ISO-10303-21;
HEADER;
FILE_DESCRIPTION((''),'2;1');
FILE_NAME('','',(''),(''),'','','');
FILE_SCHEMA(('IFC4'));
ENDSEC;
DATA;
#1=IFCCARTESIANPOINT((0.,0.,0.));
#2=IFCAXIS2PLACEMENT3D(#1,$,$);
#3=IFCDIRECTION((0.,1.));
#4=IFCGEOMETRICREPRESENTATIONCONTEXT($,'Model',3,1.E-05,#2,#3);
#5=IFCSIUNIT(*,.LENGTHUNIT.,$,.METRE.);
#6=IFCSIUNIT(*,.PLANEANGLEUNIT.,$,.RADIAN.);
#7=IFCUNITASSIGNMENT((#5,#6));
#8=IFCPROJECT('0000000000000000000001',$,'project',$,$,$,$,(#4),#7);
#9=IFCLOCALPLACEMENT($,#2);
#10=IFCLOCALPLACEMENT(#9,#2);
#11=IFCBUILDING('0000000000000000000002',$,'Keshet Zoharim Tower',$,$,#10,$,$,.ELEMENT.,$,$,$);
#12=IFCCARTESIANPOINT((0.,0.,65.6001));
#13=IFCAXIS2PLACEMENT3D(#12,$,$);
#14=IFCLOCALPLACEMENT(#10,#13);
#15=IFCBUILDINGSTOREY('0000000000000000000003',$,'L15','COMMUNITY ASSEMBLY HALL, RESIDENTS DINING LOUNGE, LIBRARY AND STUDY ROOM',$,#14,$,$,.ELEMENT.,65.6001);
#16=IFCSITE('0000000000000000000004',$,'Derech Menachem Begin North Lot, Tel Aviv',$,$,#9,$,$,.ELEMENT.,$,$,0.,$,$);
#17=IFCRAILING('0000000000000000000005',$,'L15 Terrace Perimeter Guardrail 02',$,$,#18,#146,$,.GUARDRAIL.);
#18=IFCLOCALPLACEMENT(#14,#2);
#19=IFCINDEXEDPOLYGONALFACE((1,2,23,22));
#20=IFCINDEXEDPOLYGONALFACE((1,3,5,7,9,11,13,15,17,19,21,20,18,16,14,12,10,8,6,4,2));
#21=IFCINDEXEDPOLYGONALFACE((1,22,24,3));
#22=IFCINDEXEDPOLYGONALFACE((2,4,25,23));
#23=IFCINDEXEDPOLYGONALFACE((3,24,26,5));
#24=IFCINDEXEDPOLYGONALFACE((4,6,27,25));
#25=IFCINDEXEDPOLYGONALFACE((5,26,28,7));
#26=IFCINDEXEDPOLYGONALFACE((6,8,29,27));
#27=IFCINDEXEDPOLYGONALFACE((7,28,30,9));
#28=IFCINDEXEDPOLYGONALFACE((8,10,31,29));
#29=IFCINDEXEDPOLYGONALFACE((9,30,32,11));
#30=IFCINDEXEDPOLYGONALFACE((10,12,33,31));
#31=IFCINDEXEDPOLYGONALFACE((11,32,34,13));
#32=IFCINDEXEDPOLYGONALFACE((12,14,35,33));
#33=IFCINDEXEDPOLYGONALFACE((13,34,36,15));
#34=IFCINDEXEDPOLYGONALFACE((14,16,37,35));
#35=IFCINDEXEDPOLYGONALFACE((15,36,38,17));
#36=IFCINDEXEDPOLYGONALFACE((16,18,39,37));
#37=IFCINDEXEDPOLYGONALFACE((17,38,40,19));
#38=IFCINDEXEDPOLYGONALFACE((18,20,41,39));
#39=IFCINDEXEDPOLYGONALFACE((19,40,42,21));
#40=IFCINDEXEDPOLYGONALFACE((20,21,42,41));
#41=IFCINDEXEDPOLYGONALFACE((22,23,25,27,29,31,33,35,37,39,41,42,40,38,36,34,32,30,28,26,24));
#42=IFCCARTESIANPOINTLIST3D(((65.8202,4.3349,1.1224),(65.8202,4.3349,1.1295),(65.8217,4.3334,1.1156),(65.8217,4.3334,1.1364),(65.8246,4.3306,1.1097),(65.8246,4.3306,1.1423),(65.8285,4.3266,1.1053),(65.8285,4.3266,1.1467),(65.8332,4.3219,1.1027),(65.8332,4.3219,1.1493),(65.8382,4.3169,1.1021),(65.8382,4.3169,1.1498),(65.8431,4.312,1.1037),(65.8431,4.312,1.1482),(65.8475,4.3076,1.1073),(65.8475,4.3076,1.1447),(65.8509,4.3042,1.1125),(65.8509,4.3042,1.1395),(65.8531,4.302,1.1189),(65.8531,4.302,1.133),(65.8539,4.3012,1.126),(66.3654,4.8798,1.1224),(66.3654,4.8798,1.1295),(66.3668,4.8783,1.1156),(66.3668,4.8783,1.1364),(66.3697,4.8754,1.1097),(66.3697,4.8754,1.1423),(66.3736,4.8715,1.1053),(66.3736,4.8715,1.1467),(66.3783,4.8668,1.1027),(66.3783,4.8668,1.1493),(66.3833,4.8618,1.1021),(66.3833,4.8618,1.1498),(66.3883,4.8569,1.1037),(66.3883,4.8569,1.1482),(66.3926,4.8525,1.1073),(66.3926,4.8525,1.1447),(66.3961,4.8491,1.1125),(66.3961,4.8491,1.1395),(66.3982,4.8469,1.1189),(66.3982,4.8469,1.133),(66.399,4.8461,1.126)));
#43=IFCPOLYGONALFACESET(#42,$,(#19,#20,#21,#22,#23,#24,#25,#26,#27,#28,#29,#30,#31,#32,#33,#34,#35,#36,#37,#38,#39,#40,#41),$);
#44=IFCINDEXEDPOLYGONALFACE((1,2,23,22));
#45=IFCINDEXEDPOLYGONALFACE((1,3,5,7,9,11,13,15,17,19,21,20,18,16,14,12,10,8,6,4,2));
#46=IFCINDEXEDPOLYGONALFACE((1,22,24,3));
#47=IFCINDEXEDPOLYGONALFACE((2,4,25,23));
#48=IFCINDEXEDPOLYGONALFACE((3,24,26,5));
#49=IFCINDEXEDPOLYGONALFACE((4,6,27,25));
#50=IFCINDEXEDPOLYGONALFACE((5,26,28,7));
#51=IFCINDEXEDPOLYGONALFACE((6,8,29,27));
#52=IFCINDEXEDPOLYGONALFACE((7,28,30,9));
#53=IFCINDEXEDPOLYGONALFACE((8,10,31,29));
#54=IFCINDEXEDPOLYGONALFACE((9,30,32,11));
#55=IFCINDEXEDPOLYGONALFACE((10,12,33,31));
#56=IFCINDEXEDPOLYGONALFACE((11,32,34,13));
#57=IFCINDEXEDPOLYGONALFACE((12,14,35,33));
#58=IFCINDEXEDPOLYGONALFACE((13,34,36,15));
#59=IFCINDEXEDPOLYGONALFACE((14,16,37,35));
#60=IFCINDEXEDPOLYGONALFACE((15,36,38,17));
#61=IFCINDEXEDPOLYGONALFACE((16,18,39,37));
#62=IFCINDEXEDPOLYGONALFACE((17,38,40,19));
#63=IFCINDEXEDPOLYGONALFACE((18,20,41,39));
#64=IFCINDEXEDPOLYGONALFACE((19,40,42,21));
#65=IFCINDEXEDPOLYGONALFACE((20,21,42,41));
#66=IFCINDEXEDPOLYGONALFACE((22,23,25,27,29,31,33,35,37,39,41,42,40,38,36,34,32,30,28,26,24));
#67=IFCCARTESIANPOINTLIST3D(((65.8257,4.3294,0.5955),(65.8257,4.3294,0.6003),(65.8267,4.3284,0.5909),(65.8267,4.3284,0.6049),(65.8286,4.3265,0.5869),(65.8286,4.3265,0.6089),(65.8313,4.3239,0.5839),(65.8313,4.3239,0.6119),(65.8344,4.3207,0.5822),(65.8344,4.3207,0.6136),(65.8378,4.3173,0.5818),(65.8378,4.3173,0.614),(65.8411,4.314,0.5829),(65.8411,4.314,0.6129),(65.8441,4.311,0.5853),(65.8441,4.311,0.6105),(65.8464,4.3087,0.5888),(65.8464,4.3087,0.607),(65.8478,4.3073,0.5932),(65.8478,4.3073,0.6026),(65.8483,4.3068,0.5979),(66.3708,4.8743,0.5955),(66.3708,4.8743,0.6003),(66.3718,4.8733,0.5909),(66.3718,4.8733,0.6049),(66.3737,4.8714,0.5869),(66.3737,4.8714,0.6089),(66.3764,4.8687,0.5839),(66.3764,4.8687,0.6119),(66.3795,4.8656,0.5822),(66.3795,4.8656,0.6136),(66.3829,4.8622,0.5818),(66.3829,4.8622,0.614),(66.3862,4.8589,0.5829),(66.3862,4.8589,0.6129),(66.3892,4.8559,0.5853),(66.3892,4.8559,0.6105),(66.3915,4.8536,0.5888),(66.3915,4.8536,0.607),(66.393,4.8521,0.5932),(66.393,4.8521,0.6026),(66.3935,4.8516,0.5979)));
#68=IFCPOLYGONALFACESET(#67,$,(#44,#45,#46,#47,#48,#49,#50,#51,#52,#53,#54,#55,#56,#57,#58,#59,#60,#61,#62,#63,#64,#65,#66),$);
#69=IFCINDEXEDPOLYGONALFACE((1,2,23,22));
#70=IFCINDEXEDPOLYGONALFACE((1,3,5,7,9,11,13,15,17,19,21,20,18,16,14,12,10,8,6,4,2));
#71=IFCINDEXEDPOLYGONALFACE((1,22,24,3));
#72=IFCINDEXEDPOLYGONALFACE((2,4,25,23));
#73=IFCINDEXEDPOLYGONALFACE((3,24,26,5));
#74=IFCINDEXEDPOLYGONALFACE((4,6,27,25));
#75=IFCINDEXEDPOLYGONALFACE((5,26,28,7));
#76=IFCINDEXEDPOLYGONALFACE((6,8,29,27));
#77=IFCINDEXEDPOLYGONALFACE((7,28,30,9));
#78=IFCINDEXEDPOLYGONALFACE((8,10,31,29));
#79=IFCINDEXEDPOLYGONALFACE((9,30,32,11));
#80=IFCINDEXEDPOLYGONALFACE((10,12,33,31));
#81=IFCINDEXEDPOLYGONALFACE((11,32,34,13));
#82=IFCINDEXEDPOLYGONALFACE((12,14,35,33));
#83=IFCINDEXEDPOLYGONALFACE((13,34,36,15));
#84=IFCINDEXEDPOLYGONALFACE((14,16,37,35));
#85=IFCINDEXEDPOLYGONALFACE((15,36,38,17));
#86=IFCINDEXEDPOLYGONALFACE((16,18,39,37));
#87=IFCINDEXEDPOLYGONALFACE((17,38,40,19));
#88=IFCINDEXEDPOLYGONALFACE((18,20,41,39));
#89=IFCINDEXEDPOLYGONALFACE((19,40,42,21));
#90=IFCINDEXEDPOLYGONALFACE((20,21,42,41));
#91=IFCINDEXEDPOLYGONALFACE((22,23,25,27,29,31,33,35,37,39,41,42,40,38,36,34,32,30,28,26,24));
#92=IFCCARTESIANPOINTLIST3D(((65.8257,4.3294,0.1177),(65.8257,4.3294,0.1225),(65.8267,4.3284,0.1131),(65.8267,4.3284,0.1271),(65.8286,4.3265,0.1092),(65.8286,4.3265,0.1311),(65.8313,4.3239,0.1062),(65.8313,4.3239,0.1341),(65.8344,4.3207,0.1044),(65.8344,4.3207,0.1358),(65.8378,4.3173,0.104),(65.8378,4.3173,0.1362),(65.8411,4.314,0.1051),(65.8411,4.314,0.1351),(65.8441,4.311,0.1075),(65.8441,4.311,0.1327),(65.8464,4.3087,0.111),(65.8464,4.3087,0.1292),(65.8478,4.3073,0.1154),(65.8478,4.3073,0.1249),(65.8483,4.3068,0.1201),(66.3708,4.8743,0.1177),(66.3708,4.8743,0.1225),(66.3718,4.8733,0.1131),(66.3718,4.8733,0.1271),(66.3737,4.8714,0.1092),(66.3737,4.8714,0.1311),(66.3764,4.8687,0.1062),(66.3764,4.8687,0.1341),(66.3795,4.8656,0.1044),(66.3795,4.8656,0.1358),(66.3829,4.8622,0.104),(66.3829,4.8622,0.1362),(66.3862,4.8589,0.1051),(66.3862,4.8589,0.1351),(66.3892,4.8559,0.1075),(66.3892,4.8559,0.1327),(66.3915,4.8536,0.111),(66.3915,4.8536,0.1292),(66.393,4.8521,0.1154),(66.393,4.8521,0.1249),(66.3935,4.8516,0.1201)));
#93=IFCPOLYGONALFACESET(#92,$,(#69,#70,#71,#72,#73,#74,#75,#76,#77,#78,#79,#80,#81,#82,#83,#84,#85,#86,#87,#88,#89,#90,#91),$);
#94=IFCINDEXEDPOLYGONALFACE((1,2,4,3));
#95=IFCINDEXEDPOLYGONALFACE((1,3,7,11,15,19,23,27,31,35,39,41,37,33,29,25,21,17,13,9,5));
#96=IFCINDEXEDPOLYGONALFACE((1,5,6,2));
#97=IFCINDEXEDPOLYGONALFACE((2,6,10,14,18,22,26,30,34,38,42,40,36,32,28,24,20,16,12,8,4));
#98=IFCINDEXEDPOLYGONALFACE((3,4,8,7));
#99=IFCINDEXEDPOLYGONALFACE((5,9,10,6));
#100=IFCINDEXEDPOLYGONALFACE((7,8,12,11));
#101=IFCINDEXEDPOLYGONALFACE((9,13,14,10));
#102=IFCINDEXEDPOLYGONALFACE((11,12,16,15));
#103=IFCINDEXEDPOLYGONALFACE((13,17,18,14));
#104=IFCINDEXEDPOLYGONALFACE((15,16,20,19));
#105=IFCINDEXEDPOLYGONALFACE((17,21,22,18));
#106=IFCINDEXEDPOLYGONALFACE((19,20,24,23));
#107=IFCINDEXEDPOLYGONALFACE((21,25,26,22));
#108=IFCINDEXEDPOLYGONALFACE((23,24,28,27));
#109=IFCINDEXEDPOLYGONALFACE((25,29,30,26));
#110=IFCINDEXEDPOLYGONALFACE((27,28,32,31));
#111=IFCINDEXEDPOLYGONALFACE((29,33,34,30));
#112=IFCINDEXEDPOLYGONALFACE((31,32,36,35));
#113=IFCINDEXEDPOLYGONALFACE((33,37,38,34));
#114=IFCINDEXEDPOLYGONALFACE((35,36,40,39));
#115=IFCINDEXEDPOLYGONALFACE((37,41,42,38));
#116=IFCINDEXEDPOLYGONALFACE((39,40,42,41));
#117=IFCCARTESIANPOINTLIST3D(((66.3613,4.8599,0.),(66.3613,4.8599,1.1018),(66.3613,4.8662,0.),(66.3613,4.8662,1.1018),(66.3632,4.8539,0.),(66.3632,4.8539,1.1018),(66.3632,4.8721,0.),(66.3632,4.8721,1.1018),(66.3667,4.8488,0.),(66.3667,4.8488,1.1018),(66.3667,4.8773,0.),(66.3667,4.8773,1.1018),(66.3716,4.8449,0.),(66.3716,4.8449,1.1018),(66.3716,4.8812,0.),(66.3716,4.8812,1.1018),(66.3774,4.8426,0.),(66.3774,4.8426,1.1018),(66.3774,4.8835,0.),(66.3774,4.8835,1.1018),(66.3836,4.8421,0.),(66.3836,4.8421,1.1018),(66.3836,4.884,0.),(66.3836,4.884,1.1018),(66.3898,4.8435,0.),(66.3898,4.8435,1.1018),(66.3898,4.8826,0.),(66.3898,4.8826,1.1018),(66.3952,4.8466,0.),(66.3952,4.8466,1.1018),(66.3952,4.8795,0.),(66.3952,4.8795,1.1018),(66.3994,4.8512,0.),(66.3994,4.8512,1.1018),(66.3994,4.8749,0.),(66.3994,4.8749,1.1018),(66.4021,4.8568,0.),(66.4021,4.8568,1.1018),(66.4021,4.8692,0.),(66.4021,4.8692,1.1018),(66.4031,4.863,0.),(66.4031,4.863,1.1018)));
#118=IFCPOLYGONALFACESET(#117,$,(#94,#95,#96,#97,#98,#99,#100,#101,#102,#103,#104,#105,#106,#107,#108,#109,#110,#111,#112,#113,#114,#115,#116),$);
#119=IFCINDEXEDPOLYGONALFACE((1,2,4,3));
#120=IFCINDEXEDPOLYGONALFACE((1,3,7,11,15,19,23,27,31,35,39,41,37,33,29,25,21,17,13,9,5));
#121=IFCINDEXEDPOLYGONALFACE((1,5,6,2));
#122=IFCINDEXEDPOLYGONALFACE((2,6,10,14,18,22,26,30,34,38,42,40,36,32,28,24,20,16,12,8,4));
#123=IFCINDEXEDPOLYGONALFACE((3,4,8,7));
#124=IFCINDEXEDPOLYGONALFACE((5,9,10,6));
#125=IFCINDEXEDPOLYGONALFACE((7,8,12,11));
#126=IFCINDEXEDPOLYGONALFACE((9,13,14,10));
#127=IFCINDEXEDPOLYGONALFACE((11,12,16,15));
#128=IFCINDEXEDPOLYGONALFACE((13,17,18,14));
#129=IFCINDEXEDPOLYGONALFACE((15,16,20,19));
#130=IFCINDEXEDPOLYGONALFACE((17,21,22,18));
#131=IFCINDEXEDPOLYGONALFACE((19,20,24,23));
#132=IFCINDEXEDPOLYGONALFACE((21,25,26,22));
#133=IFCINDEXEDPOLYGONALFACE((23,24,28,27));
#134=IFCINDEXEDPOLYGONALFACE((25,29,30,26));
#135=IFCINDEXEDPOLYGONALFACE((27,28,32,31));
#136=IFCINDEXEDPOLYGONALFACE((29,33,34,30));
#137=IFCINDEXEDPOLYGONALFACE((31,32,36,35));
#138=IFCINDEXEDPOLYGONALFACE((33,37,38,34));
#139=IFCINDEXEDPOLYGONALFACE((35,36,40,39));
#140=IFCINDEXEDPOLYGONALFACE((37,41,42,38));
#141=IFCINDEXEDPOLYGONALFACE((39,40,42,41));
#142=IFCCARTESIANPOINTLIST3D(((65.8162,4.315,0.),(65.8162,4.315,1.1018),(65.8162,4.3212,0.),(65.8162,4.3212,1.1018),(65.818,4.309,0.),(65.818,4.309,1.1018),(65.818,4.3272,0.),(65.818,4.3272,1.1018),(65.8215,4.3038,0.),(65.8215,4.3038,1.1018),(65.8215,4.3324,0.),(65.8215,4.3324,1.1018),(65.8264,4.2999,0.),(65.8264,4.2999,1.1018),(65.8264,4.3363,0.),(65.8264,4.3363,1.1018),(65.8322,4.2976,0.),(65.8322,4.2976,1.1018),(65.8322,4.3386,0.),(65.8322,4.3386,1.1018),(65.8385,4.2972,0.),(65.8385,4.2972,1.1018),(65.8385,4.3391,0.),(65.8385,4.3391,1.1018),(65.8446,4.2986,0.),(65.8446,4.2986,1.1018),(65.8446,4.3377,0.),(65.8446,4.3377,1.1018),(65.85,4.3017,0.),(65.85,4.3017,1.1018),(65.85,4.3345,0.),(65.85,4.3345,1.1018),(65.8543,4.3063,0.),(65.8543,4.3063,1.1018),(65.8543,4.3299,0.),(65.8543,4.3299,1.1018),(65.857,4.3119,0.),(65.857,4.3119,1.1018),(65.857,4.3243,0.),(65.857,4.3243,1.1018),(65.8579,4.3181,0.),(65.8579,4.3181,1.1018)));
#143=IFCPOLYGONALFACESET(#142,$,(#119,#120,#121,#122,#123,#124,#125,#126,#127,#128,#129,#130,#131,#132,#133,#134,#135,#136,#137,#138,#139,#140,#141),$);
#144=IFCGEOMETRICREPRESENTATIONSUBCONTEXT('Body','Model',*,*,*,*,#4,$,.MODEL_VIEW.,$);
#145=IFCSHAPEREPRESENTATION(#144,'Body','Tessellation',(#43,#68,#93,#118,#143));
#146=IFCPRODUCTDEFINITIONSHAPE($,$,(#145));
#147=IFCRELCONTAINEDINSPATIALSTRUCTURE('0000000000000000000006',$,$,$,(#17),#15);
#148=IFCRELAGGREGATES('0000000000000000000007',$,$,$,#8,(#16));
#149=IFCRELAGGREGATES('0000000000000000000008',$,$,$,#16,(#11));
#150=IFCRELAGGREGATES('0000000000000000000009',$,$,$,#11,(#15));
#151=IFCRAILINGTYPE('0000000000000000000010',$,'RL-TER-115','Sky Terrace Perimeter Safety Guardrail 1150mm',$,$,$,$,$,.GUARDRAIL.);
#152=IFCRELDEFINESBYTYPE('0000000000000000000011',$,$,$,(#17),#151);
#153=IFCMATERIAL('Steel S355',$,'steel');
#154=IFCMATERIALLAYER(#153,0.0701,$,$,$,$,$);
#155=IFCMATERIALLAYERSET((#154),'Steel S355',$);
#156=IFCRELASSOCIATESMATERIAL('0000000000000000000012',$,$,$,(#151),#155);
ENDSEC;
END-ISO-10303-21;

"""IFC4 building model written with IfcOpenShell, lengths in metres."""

from ifc_helpers import new_model, si_unit, direction, frame, origin, origin_2d, place, context, subcontext, project, spatial, circle, extrude, material, layer, layer_set, type_object, element, save


model = new_model("IFC4")

# Units and contexts
model_context = context("Model", 3, precision=1e-05, world=origin(), true_north=direction((0.0, 1.0)))
body_context = subcontext(model_context, "Body", "Model", "MODEL_VIEW")
ifc_project = project(units=[si_unit("LENGTHUNIT", "METRE"), si_unit("PLANEANGLEUNIT", "RADIAN")], contexts=[model_context])

# Site, building, storey
site_placement = place(None, origin())
site = spatial("IfcSite", under=ifc_project, at=site_placement, Name="Derech Menachem Begin North Lot, Tel Aviv", CompositionType="ELEMENT", RefElevation=0.0)
building_placement = place(site_placement, origin())
building = spatial("IfcBuilding", under=site, at=building_placement, Name="Keshet Zoharim Tower", CompositionType="ELEMENT")
storey_placement = place(building_placement, frame((0.0, 0.0, 65.6001)))
storey = spatial("IfcBuildingStorey", under=building, at=storey_placement, Name="L15", Description="COMMUNITY ASSEMBLY HALL, RESIDENTS DINING LOUNGE, LIBRARY AND STUDY ROOM", CompositionType="ELEMENT", Elevation=65.6001)

# Shared definitions
ifc_material_1 = material(Name="Steel S355", Category="steel")

# Railing
ifc_layer_1 = layer(ifc_material_1, 0.0701)
ifc_layer_set_1 = layer_set([ifc_layer_1], Name="Steel S355")
railing_type = type_object("IfcRailingType", Name="RL-TER-115", Description="Sky Terrace Perimeter Safety Guardrail 1150mm", PredefinedType="GUARDRAIL", material=ifc_layer_set_1)
railing_1_placement = place(storey_placement, frame((66.3821, 4.863, 0.0)))
element("IfcRailing", 1, at=railing_1_placement, inside=storey, type_object=railing_type, Name="L15 Terrace Perimeter Guardrail 02", PredefinedType="GUARDRAIL", context=body_context, shape_type="SweptSolid", body=[
    extrude(circle(Radius=0.0239, at=origin_2d()), frame((0.0, 0.0, 1.126), z_axis=(-0.707265, -0.706948, 0.0), x_axis=(0.706948, -0.707265, 0.0)), (0.0, 0.0, 1.0), 0.7708),
    extrude(circle(Radius=0.0161, at=origin_2d()), frame((0.0, 0.0, 0.5979), z_axis=(-0.707265, -0.706948, 0.0), x_axis=(0.706948, -0.707265, 0.0)), (0.0, 0.0, 1.0), 0.7708),
    extrude(circle(Radius=0.0161, at=origin_2d()), frame((0.0, 0.0, 0.1201), z_axis=(-0.707265, -0.706948, 0.0), x_axis=(0.706948, -0.707265, 0.0)), (0.0, 0.0, 1.0), 0.7708),
    extrude(circle(Radius=0.021, at=origin_2d()), origin(), (0.0, 0.0, 1.0), 1.1018),
    extrude(circle(Radius=0.021, at=origin_2d()), frame((-0.5452, -0.5449, 0.0)), (0.0, 0.0, 1.0), 1.1018),
])

save(model, "model.ifc")
